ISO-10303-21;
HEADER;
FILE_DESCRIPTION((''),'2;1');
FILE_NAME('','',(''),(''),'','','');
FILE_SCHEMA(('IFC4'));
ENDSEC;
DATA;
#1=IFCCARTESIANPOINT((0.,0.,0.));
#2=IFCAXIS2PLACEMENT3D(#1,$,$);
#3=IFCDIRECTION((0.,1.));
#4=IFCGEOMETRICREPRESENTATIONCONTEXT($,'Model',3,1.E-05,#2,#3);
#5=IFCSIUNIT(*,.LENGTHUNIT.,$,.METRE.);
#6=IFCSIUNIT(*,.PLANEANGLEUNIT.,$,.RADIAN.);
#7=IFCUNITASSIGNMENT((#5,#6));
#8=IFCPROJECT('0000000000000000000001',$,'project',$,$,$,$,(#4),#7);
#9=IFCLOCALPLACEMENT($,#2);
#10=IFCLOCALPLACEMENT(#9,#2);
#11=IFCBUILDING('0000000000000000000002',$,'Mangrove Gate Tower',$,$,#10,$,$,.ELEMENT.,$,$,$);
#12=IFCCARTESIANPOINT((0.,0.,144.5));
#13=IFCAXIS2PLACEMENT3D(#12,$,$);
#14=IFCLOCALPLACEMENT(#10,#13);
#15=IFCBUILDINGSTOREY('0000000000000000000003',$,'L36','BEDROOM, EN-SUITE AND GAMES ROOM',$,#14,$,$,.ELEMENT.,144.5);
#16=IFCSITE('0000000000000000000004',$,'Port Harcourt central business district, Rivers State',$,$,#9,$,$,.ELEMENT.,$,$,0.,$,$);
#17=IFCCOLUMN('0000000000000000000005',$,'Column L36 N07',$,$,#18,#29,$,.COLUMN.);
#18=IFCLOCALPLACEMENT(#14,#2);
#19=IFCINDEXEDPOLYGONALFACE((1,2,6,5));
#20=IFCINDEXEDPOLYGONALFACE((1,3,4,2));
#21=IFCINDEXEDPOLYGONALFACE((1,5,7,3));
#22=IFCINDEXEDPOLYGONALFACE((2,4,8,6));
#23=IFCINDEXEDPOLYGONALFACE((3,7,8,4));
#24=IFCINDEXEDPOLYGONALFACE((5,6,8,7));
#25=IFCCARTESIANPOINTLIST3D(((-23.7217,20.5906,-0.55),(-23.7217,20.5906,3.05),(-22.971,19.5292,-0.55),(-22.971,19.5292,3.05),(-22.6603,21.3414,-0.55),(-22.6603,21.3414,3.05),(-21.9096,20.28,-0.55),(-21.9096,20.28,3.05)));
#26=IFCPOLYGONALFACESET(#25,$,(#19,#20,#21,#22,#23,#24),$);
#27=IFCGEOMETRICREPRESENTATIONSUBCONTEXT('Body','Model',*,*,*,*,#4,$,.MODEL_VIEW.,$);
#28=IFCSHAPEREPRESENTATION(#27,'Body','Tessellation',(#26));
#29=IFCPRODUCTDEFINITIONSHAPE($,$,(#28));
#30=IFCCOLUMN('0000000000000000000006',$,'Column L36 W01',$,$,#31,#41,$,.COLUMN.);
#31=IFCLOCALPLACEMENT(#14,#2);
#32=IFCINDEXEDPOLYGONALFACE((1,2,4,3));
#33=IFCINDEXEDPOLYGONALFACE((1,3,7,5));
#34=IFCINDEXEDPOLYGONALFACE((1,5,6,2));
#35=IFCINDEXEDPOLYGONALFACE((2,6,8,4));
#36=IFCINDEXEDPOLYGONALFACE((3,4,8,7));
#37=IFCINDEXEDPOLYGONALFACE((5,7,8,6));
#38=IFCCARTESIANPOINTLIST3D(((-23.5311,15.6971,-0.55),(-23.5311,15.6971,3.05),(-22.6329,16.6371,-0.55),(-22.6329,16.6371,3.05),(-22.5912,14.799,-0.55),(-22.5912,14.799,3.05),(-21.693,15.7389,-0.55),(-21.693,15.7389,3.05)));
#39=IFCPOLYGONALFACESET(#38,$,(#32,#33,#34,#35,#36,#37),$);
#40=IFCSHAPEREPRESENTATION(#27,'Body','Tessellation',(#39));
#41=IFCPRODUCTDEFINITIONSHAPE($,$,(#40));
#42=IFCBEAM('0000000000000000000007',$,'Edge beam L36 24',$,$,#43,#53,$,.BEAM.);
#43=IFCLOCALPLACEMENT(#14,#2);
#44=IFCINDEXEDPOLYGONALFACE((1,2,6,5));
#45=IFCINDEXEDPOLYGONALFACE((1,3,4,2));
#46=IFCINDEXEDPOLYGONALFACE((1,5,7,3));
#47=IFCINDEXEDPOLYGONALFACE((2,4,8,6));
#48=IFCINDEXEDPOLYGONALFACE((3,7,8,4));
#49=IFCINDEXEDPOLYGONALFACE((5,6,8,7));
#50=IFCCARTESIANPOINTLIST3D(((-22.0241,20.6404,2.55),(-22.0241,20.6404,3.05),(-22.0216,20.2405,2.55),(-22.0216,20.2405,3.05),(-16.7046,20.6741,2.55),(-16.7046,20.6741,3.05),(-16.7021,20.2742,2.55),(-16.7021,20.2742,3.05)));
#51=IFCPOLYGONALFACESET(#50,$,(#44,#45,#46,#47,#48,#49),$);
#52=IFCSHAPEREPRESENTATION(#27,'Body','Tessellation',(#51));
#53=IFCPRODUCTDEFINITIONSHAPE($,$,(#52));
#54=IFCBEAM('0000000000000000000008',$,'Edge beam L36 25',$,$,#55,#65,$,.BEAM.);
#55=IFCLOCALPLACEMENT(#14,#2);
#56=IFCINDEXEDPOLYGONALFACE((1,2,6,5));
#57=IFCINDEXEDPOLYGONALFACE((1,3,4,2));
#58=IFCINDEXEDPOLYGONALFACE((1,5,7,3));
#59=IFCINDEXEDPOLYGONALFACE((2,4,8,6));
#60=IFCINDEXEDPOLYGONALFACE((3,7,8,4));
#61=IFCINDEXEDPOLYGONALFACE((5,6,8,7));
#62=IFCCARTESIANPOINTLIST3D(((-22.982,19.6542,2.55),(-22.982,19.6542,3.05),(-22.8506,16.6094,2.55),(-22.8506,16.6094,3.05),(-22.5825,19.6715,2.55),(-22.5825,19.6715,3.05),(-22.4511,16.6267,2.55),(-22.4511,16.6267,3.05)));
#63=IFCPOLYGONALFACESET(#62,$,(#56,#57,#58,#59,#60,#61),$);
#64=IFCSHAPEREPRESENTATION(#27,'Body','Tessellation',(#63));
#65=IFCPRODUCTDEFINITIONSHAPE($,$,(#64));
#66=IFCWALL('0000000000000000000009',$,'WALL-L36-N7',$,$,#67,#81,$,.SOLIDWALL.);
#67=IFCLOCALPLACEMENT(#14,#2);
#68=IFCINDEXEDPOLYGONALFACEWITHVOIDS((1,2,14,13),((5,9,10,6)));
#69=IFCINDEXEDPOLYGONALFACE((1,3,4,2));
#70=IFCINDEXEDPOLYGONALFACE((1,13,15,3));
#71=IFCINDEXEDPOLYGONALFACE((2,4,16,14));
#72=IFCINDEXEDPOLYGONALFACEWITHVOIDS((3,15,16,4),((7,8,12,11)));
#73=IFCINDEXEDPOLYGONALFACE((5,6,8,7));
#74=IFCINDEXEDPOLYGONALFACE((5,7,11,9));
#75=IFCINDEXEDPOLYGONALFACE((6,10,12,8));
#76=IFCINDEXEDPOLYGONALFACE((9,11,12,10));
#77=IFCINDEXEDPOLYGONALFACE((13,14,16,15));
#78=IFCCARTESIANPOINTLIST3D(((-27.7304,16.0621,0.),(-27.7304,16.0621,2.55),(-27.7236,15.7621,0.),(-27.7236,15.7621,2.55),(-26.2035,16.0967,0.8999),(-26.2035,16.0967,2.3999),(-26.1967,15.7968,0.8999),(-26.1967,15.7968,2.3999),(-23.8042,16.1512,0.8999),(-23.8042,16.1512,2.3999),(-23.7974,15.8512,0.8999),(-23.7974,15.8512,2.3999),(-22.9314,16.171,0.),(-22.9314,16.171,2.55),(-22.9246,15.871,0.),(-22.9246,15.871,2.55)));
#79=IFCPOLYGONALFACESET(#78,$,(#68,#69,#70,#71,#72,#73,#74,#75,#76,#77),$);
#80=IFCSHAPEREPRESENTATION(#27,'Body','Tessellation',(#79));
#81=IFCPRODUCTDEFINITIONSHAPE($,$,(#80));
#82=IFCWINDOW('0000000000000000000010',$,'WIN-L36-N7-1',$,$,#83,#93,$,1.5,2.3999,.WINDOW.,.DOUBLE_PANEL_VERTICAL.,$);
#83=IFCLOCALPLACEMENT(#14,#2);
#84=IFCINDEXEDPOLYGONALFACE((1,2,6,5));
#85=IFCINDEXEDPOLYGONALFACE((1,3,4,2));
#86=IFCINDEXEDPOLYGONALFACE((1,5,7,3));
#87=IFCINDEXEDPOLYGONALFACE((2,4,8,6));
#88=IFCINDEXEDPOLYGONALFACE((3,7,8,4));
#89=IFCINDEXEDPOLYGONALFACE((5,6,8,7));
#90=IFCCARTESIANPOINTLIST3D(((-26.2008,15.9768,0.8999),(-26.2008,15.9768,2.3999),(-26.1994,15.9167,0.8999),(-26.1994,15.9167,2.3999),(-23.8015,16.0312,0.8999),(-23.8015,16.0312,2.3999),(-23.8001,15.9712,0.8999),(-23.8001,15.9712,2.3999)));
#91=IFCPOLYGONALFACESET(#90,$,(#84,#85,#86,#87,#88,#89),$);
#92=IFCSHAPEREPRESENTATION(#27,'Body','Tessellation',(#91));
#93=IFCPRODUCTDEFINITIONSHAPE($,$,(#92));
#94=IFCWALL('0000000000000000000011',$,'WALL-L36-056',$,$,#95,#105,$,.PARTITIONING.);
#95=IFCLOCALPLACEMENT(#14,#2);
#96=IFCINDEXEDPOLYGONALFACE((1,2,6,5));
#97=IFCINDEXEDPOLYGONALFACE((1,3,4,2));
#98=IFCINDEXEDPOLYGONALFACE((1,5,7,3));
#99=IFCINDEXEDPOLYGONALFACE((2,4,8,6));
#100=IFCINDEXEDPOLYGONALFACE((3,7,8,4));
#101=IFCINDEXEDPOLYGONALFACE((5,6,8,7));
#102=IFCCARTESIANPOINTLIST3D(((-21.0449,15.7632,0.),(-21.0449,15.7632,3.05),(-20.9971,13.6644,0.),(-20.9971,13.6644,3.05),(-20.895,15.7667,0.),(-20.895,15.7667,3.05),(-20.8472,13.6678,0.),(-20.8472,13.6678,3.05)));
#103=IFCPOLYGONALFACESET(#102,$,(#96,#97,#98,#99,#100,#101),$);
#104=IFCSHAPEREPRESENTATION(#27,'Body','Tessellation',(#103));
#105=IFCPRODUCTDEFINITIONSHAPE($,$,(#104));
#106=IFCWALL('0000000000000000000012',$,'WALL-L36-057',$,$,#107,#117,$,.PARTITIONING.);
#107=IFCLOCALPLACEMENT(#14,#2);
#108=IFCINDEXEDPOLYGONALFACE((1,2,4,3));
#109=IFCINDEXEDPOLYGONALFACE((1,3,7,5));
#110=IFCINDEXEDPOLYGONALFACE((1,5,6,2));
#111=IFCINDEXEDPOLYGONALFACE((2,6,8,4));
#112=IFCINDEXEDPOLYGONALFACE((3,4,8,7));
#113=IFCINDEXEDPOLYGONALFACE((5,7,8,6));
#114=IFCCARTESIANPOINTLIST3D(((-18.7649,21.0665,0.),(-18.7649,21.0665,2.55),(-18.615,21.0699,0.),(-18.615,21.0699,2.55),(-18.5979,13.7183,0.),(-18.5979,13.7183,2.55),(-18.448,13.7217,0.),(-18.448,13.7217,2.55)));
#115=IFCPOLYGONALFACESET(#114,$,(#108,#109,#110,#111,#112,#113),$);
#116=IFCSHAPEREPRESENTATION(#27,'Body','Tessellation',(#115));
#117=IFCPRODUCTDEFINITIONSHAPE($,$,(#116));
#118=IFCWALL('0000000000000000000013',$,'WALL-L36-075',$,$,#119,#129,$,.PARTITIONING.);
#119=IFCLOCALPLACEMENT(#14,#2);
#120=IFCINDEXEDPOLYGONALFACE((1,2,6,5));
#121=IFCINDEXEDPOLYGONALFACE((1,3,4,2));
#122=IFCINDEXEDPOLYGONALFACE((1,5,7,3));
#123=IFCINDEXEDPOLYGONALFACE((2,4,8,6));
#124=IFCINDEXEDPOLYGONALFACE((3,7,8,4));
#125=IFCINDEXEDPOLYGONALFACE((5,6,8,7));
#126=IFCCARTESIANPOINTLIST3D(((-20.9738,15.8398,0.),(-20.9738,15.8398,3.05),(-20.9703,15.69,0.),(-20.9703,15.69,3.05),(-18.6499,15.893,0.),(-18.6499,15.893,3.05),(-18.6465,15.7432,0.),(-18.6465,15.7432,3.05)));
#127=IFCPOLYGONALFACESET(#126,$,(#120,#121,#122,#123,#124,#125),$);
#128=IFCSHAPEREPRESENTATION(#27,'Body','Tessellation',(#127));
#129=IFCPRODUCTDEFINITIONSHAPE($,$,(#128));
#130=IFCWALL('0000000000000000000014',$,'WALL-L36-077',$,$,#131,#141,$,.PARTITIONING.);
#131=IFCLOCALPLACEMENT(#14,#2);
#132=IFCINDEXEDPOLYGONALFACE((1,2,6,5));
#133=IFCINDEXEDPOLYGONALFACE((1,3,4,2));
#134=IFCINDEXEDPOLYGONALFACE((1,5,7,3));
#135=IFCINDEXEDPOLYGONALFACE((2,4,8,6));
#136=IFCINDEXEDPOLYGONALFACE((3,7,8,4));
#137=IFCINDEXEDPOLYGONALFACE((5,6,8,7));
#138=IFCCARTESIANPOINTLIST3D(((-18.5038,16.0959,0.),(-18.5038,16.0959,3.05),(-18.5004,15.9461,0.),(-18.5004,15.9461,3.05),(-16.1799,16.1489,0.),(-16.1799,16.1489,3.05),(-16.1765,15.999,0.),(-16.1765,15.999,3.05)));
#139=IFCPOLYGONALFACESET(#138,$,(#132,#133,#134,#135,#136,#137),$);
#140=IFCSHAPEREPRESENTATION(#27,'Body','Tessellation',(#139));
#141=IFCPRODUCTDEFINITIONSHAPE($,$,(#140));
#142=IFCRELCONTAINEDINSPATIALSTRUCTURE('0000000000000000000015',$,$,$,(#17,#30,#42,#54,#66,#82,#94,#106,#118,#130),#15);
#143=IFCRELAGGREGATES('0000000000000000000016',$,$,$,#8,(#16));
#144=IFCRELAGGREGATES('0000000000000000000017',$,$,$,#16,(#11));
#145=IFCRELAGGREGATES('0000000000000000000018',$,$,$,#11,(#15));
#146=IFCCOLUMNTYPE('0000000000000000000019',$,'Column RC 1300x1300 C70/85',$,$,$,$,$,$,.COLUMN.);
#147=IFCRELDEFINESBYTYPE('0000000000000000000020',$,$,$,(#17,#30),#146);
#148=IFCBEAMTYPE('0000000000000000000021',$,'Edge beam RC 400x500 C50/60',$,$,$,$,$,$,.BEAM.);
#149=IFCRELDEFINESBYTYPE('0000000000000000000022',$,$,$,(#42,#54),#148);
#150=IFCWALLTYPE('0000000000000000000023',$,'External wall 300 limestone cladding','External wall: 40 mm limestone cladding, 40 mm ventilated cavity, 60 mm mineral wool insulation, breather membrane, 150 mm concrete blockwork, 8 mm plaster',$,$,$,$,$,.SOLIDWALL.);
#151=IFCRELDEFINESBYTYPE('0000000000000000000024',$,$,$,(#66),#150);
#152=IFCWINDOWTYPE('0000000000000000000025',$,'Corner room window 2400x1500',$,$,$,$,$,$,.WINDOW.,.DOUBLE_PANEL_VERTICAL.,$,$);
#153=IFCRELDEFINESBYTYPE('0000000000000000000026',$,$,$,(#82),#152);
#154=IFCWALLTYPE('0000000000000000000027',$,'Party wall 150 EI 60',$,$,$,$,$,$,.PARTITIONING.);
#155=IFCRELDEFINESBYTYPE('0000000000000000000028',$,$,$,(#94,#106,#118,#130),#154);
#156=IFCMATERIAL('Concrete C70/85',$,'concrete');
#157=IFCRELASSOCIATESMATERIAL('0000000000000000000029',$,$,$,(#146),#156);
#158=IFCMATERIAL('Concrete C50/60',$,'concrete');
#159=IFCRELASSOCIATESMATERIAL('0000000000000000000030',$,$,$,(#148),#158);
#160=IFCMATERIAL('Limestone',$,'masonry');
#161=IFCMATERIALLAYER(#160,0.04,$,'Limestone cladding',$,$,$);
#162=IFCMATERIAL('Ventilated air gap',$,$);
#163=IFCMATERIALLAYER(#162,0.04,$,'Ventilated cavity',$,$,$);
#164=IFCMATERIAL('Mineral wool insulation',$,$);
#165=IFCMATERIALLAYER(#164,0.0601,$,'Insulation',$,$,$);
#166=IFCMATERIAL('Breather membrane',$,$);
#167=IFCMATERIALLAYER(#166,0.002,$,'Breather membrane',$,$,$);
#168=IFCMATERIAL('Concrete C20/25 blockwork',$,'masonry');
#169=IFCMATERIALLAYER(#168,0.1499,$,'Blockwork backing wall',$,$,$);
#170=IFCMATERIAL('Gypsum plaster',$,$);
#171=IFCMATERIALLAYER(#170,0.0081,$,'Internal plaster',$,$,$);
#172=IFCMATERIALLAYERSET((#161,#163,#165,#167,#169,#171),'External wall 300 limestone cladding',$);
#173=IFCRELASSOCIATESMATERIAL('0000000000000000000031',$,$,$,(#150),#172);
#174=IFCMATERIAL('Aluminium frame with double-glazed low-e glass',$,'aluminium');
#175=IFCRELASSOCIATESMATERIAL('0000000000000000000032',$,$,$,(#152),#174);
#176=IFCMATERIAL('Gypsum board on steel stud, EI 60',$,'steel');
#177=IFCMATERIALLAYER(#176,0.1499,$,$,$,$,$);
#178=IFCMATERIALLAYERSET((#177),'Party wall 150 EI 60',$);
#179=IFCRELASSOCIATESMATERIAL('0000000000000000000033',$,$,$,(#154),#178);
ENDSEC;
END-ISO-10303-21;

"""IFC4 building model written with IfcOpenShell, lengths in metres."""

from ifc_helpers import new_model, si_unit, direction, frame, frame_2d, origin, origin_2d, place, context, subcontext, project, spatial, rectangle, extrude, material, layer, layer_set, material_profile, profile_set, type_object, element, fill, save


model = new_model("IFC4")

# Units and contexts
model_context = context("Model", 3, precision=1e-05, world=origin(), true_north=direction((0.0, 1.0)))
body_context = subcontext(model_context, "Body", "Model", "MODEL_VIEW")
ifc_project = project(units=[si_unit("LENGTHUNIT", "METRE"), si_unit("PLANEANGLEUNIT", "RADIAN")], contexts=[model_context])

# Site, building, storey
site_placement = place(None, origin())
site = spatial("IfcSite", under=ifc_project, at=site_placement, Name="Port Harcourt central business district, Rivers State", CompositionType="ELEMENT", RefElevation=0.0)
building_placement = place(site_placement, origin())
building = spatial("IfcBuilding", under=site, at=building_placement, Name="Mangrove Gate Tower", CompositionType="ELEMENT")
storey_placement = place(building_placement, frame((0.0, 0.0, 144.5)))
storey = spatial("IfcBuildingStorey", under=building, at=storey_placement, Name="L36", Description="BEDROOM, EN-SUITE AND GAMES ROOM", CompositionType="ELEMENT", Elevation=144.5)

# Columns
ifc_material_1 = material(Name="Concrete C70/85", Category="concrete")
ifc_material_profile_1 = material_profile(ifc_material_1, rectangle(XDim=1.3, YDim=1.3, at=origin_2d()))
ifc_profile_set_1 = profile_set([ifc_material_profile_1], Name="Concrete C70/85")
column_type = type_object("IfcColumnType", Name="Column RC 1300x1300 C70/85", PredefinedType="COLUMN", material=ifc_profile_set_1)
for number, where, z_axis, x_axis, name in (
    (1, (-22.8157, 20.4353, -0.55), (0.0, 0.0, 1.0), (-0.816422, -0.577455, 0.0), "Column L36 N07"),
    (2, (-22.6121, 15.718, -0.55), (0.0, 0.0, 1.0), (-0.690868, -0.722981, 0.0), "Column L36 W01"),
):
    element("IfcColumn", number, at=place(storey_placement, frame(where, z_axis=z_axis, x_axis=x_axis)), inside=storey, type_object=column_type, Name=name, PredefinedType="COLUMN", context=body_context, shape_type="SweptSolid", body=[
        extrude(rectangle(XDim=1.3, YDim=1.3, at=origin_2d()), origin(), (0.0, 0.0, 1.0), 3.6001),
    ])

# Beams
ifc_material_2 = material(Name="Concrete C50/60", Category="concrete")
ifc_material_profile_2 = material_profile(ifc_material_2, rectangle(XDim=0.3999, YDim=0.5, at=origin_2d()))
ifc_profile_set_2 = profile_set([ifc_material_profile_2], Name="Concrete C50/60")
beam_type = type_object("IfcBeamType", Name="Edge beam RC 400x500 C50/60", PredefinedType="BEAM", material=ifc_profile_set_2)
beam_1_placement = place(storey_placement, frame((-16.7034, 20.4741, 2.8), z_axis=(-0.99998, -0.006333, 0.0), x_axis=(0.006333, -0.99998, 0.0)))
element("IfcBeam", 3, at=beam_1_placement, inside=storey, type_object=beam_type, Name="Edge beam L36 24", PredefinedType="BEAM", context=body_context, shape_type="SweptSolid", body=[
    extrude(rectangle(XDim=0.3999, YDim=0.5, at=origin_2d()), origin(), (0.0, 0.0, 1.0), 5.3196),
])
beam_2_placement = place(storey_placement, frame((-22.7822, 19.6628, 2.8), z_axis=(0.0431, -0.999071, 0.0), x_axis=(0.999071, 0.0431, 0.0)))
element("IfcBeam", 4, at=beam_2_placement, inside=storey, type_object=beam_type, Name="Edge beam L36 25", PredefinedType="BEAM", context=body_context, shape_type="SweptSolid", body=[
    extrude(rectangle(XDim=0.3999, YDim=0.5, at=origin_2d()), origin(), (0.0, 0.0, 1.0), 3.0476),
])

# Wall, opening, window
ifc_material_3 = material(Name="Limestone", Category="masonry")
ifc_layer_1 = layer(ifc_material_3, 0.04, Name="Limestone cladding")
ifc_material_4 = material(Name="Ventilated air gap")
ifc_layer_2 = layer(ifc_material_4, 0.04, Name="Ventilated cavity")
ifc_material_5 = material(Name="Mineral wool insulation")
ifc_layer_3 = layer(ifc_material_5, 0.0601, Name="Insulation")
ifc_material_6 = material(Name="Breather membrane")
ifc_layer_4 = layer(ifc_material_6, 0.002, Name="Breather membrane")
ifc_material_7 = material(Name="Concrete C20/25 blockwork", Category="masonry")
ifc_layer_5 = layer(ifc_material_7, 0.1499, Name="Blockwork backing wall")
ifc_material_8 = material(Name="Gypsum plaster")
ifc_layer_6 = layer(ifc_material_8, 0.0081, Name="Internal plaster")
ifc_layer_set_1 = layer_set([ifc_layer_1, ifc_layer_2, ifc_layer_3, ifc_layer_4, ifc_layer_5, ifc_layer_6], Name="External wall 300 limestone cladding")
wall_type_1 = type_object("IfcWallType", Name="External wall 300 limestone cladding", Description="External wall: 40 mm limestone cladding, 40 mm ventilated cavity, 60 mm mineral wool insulation, breather membrane, 150 mm concrete blockwork, 8 mm plaster", PredefinedType="SOLIDWALL", material=ifc_layer_set_1)
wall_1_placement = place(storey_placement, frame((-22.928, 16.021, 0.0), z_axis=(0.0, 0.0, 1.0), x_axis=(-0.999743, -0.022683, 0.0)))
wall_1 = element("IfcWall", 5, at=wall_1_placement, inside=storey, type_object=wall_type_1, Name="WALL-L36-N7", PredefinedType="SOLIDWALL", context=body_context, shape_type="SweptSolid", body=[
    extrude(rectangle(XDim=4.8003, YDim=0.3, at=frame_2d((2.4001, 0.0))), origin(), (0.0, 0.0, 1.0), 2.55),
])
opening_placement = place(wall_1_placement, frame((0.873, 0.0, 0.8999)))
opening = element("IfcOpeningElement", 6, at=opening_placement, cuts=wall_1, PredefinedType="OPENING", context=body_context, shape_type="SweptSolid", body=[
    extrude(rectangle(XDim=2.3999, YDim=1.5, at=frame_2d((1.2, 0.75))), frame((0.0, 0.1599, 0.0), z_axis=(0.0, -1.0, 0.0), x_axis=(1.0, 0.0, 0.0)), (0.0, 0.0, 1.0), 0.3201),
])
ifc_material_9 = material(Name="Aluminium frame with double-glazed low-e glass", Category="aluminium")
window_type = type_object("IfcWindowType", Name="Corner room window 2400x1500", PartitioningType="DOUBLE_PANEL_VERTICAL", PredefinedType="WINDOW", material=ifc_material_9)
window_placement = place(opening_placement, origin())
window = element("IfcWindow", 7, at=window_placement, inside=storey, type_object=window_type, Name="WIN-L36-N7-1", OverallHeight=1.5, OverallWidth=2.3999, PartitioningType="DOUBLE_PANEL_VERTICAL", PredefinedType="WINDOW", context=body_context, shape_type="SweptSolid", body=[
    extrude(rectangle(XDim=2.3999, YDim=1.5, at=frame_2d((1.2, 0.75))), frame((0.0, 0.03, 0.0), z_axis=(0.0, -1.0, 0.0), x_axis=(1.0, 0.0, 0.0)), (0.0, 0.0, 1.0), 0.0601),
])
fill(opening, window)

# Walls
ifc_material_10 = material(Name="Gypsum board on steel stud, EI 60", Category="steel")
ifc_layer_7 = layer(ifc_material_10, 0.1499)
ifc_layer_set_2 = layer_set([ifc_layer_7], Name="Party wall 150 EI 60")
wall_type_2 = type_object("IfcWallType", Name="Party wall 150 EI 60", PredefinedType="PARTITIONING", material=ifc_layer_set_2)
wall_2_placement = place(storey_placement, frame((-20.9221, 13.666, 0.0), z_axis=(0.0, 0.0, 1.0), x_axis=(-0.022793, 0.99974, 0.0)))
element("IfcWall", 8, at=wall_2_placement, inside=storey, type_object=wall_type_2, Name="WALL-L36-056", PredefinedType="PARTITIONING", context=body_context, shape_type="SweptSolid", body=[
    extrude(rectangle(XDim=2.0994, YDim=0.1499, at=frame_2d((1.0498, 0.0))), origin(), (0.0, 0.0, 1.0), 3.05),
])
wall_3_placement = place(storey_placement, frame((-18.5229, 13.72, 0.0), z_axis=(0.0, 0.0, 1.0), x_axis=(-0.02272, 0.999742, 0.0)))
element("IfcWall", 9, at=wall_3_placement, inside=storey, type_object=wall_type_2, Name="WALL-L36-057", PredefinedType="PARTITIONING", context=body_context, shape_type="SweptSolid", body=[
    extrude(rectangle(XDim=7.3501, YDim=0.1499, at=frame_2d((3.675, 0.0))), origin(), (0.0, 0.0, 1.0), 2.55),
])
for number, where, z_axis, x_axis, name in (
    (10, (-20.9719, 15.7649, 0.0), (0.0, 0.0, 1.0), (0.999738, 0.022896, 0.0), "WALL-L36-075"),
    (11, (-18.502, 16.021, 0.0), (0.0, 0.0, 1.0), (0.99974, 0.022791, 0.0), "WALL-L36-077"),
):
    element("IfcWall", number, at=place(storey_placement, frame(where, z_axis=z_axis, x_axis=x_axis)), inside=storey, type_object=wall_type_2, Name=name, PredefinedType="PARTITIONING", context=body_context, shape_type="SweptSolid", body=[
        extrude(rectangle(XDim=2.3245, YDim=0.1499, at=frame_2d((1.1621, 0.0))), origin(), (0.0, 0.0, 1.0), 3.05),
    ])

save(model, "model.ifc")
